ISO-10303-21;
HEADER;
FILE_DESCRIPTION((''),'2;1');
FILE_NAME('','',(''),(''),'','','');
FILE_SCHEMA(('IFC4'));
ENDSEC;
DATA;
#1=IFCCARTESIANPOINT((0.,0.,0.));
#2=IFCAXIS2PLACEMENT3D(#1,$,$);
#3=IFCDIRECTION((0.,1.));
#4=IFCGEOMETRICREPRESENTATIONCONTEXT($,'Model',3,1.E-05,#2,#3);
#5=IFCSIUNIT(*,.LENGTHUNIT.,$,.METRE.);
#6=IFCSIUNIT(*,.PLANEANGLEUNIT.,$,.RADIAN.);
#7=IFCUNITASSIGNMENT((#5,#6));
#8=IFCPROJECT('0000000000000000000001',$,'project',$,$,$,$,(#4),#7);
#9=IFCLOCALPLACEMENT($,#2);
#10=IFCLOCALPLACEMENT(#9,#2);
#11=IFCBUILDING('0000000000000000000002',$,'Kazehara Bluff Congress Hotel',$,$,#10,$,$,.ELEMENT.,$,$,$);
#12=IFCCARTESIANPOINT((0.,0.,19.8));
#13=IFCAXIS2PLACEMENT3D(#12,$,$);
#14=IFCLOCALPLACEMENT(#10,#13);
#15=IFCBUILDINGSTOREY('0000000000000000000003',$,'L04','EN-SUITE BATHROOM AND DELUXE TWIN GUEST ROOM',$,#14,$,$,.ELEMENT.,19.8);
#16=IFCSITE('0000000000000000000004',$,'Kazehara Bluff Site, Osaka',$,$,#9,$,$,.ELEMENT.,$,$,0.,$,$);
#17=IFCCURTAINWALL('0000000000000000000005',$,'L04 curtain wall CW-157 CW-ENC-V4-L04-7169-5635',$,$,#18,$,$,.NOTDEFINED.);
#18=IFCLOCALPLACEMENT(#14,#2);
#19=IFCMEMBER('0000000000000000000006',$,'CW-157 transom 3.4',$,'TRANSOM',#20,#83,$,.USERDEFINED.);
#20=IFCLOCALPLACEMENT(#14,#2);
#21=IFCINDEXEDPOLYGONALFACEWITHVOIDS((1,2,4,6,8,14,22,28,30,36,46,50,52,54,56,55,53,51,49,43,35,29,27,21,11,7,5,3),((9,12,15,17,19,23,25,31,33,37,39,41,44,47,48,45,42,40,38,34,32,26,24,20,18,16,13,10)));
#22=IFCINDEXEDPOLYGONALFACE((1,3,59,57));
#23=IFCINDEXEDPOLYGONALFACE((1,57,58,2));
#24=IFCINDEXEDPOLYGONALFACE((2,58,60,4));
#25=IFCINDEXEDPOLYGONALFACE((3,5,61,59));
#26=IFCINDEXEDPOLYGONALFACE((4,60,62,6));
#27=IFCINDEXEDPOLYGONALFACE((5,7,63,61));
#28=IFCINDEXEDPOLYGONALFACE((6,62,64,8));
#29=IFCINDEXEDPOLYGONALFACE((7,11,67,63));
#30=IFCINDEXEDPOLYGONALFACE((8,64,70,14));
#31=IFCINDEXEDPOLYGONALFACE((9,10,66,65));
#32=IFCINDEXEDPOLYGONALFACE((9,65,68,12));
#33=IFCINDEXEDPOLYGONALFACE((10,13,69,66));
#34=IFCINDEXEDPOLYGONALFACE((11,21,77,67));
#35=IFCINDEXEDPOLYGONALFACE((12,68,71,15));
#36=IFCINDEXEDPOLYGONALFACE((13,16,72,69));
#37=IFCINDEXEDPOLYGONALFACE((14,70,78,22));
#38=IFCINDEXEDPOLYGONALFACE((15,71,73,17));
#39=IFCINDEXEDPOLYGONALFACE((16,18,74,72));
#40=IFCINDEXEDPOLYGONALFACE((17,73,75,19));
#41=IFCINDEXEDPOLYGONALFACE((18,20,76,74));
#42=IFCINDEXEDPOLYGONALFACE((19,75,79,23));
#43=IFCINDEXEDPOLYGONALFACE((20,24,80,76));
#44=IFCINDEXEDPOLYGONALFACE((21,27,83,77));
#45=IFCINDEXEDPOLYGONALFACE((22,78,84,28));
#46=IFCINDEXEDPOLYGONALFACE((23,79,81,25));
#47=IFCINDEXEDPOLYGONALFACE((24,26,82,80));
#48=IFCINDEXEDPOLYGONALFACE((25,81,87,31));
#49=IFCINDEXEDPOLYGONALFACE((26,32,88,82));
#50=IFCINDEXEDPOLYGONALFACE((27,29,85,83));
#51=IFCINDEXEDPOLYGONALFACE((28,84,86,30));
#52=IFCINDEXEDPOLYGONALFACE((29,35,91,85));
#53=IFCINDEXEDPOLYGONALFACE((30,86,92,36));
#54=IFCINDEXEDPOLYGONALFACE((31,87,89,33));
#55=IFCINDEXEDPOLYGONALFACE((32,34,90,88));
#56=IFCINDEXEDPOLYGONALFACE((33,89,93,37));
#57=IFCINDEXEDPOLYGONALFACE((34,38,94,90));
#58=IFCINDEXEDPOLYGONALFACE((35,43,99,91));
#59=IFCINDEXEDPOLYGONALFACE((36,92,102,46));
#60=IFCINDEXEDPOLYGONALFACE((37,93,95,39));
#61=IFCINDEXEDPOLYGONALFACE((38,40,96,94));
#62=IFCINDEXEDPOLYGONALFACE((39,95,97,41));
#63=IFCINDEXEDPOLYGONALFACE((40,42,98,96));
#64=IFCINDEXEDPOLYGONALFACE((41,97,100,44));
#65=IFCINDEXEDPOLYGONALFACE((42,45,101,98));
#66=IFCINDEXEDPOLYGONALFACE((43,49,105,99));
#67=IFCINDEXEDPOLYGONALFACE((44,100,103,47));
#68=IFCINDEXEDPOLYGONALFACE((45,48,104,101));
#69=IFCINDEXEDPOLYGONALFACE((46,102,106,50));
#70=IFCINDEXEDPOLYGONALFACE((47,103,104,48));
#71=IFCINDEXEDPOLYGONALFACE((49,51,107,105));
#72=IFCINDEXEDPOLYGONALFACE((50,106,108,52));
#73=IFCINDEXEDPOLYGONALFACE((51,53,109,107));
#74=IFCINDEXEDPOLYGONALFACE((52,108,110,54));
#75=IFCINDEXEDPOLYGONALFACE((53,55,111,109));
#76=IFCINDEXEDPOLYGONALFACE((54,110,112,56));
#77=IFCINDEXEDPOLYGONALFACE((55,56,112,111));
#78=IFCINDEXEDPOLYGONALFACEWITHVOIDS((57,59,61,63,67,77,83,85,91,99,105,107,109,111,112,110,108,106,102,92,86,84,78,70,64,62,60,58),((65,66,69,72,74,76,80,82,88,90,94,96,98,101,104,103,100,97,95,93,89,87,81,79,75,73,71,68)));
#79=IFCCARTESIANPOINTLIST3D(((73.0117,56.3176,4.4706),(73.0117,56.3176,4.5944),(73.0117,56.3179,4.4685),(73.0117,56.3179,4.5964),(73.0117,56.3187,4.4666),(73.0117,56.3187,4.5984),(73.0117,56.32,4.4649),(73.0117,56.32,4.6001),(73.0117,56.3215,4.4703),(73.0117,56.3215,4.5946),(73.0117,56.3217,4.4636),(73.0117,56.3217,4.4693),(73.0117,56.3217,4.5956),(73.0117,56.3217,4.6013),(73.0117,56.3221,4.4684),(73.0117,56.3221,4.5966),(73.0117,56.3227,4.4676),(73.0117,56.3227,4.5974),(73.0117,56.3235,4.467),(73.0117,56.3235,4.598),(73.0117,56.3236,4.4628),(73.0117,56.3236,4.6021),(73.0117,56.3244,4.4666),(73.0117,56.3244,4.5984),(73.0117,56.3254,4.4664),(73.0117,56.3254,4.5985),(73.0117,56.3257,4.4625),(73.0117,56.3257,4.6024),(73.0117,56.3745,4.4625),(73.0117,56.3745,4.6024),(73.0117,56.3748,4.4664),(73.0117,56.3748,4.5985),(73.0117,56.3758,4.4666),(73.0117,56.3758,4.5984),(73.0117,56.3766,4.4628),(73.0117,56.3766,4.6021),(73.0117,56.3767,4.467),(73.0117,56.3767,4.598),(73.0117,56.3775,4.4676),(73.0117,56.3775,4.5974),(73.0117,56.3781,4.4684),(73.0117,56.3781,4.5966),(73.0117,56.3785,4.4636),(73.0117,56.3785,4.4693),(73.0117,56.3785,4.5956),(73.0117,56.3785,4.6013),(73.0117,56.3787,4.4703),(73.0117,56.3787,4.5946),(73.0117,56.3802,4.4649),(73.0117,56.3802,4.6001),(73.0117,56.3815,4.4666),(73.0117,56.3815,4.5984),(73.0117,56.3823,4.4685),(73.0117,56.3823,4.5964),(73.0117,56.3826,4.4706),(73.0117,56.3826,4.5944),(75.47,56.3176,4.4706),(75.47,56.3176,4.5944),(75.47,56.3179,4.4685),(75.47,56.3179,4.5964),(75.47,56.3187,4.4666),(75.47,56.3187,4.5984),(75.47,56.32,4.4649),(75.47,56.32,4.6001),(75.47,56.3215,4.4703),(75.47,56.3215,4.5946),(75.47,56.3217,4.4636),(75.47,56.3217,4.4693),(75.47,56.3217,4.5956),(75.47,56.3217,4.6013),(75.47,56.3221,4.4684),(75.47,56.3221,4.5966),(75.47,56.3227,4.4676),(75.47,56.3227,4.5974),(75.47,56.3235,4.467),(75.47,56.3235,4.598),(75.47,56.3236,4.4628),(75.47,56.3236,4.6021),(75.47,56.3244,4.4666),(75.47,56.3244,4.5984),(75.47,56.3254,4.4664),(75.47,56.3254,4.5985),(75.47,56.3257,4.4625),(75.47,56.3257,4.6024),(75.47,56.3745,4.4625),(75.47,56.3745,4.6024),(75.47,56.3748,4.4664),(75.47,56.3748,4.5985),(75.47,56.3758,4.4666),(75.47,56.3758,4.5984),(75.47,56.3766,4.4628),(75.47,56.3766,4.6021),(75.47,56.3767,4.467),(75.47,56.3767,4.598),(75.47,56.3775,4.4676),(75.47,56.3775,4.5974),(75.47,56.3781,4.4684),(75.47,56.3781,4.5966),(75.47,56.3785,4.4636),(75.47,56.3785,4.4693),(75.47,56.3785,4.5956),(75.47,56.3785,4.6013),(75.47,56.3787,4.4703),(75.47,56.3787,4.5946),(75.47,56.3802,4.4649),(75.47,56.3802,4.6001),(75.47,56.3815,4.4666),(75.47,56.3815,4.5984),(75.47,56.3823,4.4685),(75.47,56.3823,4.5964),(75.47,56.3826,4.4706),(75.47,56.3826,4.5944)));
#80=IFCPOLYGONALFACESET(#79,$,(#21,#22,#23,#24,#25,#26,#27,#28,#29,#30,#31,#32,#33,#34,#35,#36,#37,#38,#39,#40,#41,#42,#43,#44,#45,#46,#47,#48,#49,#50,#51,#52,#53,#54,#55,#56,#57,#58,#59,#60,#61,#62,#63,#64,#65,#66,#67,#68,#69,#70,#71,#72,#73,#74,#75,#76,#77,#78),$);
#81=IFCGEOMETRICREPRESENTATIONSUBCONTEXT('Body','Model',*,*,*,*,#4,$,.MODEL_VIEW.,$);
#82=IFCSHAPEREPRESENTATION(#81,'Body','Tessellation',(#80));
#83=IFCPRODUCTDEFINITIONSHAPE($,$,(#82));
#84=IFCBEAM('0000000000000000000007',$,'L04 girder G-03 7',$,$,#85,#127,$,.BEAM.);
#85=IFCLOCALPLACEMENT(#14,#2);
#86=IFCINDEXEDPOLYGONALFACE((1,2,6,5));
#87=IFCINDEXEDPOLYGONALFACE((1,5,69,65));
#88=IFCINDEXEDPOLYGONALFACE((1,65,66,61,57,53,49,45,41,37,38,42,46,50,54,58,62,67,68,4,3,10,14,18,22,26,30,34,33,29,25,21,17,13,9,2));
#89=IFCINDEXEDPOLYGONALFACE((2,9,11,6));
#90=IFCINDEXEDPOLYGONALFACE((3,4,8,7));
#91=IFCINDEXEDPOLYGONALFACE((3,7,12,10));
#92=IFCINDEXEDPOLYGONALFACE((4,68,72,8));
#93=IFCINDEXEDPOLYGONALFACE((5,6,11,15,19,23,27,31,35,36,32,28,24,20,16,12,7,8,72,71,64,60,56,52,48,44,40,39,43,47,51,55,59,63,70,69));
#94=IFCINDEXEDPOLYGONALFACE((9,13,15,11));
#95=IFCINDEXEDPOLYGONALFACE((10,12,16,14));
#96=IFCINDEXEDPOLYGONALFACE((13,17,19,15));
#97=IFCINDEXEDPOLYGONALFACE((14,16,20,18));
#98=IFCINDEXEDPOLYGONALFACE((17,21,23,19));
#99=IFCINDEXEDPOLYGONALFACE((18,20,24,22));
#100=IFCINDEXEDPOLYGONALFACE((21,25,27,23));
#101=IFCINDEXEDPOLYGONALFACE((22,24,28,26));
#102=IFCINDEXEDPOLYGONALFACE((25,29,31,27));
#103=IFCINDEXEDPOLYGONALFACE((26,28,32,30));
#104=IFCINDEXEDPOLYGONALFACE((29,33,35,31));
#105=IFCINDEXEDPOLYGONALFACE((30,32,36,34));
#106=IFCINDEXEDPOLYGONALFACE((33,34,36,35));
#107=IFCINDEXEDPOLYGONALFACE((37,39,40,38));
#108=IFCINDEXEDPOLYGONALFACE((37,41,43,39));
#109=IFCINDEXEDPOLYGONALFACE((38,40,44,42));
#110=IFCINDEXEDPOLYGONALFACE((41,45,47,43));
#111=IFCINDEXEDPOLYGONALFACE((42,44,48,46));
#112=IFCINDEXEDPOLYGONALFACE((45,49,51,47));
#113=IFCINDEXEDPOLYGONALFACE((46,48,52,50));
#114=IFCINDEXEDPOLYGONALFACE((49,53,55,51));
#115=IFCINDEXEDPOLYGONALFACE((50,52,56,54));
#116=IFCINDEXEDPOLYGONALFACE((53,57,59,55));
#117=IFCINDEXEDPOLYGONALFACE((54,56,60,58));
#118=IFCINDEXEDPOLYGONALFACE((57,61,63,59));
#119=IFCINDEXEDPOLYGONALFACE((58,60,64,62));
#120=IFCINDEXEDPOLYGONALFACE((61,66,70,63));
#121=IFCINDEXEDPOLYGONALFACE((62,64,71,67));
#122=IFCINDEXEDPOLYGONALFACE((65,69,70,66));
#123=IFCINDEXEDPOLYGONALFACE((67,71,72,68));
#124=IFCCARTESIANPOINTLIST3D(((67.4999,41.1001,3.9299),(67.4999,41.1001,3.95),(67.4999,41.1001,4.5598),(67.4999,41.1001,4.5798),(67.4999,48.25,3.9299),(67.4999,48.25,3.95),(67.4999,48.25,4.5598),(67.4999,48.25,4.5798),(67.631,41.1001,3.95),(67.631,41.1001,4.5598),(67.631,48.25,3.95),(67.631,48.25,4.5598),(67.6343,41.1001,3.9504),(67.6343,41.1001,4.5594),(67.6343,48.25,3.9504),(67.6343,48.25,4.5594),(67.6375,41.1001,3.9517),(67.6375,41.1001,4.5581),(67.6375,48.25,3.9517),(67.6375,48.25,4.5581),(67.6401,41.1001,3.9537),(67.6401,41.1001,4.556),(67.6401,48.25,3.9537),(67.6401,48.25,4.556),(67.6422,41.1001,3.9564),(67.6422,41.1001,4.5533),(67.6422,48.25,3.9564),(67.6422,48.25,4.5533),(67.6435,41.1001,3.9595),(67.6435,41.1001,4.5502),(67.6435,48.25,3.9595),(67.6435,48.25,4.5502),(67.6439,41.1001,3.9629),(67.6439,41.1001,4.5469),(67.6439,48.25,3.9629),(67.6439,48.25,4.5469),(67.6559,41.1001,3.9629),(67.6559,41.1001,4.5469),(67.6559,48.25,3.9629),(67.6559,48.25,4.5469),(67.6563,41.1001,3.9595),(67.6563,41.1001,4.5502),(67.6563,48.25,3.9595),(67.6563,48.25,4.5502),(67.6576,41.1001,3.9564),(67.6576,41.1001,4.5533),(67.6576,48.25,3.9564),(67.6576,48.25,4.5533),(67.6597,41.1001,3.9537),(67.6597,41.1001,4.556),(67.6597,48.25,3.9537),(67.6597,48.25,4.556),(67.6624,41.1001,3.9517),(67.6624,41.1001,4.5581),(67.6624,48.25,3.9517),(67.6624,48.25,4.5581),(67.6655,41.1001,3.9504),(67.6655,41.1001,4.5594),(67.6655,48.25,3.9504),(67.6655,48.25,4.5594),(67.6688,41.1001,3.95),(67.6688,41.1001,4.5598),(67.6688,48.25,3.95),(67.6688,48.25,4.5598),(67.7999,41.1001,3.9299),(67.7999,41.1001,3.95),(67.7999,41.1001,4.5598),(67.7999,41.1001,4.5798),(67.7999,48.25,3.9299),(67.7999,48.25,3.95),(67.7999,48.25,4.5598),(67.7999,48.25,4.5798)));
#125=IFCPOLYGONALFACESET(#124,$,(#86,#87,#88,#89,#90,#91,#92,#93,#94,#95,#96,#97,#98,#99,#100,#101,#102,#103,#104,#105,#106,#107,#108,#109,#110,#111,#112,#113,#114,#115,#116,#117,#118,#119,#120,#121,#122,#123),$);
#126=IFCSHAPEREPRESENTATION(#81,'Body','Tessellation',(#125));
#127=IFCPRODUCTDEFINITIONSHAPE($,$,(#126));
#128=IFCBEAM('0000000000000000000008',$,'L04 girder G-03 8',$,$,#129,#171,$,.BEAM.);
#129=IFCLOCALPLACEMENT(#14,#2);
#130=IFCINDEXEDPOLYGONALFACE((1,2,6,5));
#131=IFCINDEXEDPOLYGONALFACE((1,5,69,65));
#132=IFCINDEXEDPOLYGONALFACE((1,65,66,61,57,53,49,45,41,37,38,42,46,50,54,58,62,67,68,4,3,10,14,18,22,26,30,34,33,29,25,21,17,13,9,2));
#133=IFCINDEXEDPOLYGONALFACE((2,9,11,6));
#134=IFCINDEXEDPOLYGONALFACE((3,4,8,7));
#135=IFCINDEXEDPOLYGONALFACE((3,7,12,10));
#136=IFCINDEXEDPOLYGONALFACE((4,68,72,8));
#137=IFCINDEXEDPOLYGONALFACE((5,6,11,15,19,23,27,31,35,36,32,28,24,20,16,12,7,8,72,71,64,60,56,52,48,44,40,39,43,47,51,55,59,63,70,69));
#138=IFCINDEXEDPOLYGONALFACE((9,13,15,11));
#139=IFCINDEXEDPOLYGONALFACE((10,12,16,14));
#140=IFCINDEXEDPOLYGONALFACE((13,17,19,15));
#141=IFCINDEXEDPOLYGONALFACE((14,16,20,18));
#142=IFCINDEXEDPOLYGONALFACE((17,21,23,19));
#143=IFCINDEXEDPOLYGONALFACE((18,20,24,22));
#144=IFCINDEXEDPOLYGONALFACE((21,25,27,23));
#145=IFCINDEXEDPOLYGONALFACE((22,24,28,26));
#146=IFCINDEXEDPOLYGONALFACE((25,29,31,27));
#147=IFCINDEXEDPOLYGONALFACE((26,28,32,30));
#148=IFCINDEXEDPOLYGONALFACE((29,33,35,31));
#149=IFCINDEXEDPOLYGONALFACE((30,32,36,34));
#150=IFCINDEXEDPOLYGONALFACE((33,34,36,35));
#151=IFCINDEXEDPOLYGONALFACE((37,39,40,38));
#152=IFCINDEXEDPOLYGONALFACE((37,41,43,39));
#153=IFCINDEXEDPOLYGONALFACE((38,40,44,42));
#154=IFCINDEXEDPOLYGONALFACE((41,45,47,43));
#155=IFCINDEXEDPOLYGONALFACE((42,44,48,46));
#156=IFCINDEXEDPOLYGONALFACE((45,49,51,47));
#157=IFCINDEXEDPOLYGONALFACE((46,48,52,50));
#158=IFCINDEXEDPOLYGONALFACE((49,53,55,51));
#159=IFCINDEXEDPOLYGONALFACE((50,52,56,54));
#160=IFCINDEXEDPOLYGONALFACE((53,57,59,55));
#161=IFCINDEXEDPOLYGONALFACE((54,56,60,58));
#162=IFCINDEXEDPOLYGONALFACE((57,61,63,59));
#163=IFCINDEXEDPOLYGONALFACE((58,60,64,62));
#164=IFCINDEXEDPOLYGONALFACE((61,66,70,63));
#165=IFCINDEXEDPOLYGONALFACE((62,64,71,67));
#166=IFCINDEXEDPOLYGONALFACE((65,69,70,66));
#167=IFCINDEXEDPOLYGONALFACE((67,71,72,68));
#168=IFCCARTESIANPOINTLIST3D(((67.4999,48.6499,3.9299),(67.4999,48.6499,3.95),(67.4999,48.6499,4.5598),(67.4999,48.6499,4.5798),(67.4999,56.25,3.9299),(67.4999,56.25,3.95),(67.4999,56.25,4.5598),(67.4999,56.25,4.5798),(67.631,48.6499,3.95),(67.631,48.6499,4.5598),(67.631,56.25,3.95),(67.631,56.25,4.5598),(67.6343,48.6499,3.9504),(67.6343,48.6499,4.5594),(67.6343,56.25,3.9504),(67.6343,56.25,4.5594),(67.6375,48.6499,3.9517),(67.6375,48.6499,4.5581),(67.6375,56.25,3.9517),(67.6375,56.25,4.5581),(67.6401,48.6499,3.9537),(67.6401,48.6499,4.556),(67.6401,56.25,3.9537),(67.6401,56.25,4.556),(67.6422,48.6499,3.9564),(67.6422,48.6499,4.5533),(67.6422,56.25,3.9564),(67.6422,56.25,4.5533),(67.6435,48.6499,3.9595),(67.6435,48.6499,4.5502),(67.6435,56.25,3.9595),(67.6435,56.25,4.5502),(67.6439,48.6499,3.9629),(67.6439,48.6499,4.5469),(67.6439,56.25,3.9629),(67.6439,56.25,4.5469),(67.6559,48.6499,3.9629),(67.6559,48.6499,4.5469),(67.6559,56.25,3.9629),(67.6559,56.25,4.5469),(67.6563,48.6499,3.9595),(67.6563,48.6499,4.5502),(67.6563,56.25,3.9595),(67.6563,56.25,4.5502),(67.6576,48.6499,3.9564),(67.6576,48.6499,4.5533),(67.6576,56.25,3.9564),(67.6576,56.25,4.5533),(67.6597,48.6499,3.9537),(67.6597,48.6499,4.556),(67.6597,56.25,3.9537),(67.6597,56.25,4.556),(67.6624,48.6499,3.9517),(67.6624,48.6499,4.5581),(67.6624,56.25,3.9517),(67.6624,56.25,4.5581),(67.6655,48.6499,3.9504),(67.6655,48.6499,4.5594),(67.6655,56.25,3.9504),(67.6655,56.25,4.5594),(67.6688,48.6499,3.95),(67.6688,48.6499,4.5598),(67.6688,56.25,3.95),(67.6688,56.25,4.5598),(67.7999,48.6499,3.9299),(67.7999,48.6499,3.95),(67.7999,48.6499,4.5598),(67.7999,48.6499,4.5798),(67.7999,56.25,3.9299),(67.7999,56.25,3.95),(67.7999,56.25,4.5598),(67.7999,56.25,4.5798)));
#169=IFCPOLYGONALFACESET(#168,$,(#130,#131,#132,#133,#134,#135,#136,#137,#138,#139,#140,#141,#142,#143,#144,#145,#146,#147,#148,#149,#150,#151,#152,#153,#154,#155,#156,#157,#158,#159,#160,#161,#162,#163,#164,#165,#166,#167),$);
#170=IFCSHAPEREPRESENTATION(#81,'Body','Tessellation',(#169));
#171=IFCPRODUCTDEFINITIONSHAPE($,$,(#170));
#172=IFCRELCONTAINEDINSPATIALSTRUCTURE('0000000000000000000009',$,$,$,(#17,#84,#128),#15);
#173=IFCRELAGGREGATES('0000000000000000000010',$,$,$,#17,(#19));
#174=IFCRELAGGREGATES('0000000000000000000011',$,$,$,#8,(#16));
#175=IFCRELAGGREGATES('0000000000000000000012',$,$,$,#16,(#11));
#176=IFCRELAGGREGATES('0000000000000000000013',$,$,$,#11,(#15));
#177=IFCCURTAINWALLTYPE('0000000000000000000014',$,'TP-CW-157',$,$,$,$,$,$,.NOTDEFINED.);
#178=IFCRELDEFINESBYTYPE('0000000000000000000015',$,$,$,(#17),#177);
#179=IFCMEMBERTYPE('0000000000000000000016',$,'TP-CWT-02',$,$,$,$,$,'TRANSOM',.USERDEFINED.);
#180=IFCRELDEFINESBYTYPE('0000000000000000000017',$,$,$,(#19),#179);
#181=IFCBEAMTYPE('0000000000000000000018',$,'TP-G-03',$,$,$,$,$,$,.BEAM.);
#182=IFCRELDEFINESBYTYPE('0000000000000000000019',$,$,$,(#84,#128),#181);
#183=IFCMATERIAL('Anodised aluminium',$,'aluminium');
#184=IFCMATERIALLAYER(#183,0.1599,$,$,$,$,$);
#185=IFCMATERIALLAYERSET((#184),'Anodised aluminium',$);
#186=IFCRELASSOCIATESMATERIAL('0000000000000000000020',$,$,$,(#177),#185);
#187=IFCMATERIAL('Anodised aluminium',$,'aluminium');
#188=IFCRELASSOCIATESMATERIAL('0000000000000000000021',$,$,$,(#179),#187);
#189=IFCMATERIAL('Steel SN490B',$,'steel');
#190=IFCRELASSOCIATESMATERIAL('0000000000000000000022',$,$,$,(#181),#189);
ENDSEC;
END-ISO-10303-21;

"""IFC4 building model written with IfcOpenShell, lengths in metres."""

from ifc_helpers import new_model, si_unit, direction, frame, origin, origin_2d, place, context, subcontext, project, spatial, hollow_rectangle, i_section, extrude, material, layer, layer_set, material_profile, profile_set, type_object, element, aggregate, save


model = new_model("IFC4")

# Units and contexts
model_context = context("Model", 3, precision=1e-05, world=origin(), true_north=direction((0.0, 1.0)))
body_context = subcontext(model_context, "Body", "Model", "MODEL_VIEW")
ifc_project = project(units=[si_unit("LENGTHUNIT", "METRE"), si_unit("PLANEANGLEUNIT", "RADIAN")], contexts=[model_context])

# Site, building, storey
site_placement = place(None, origin())
site = spatial("IfcSite", under=ifc_project, at=site_placement, Name="Kazehara Bluff Site, Osaka", CompositionType="ELEMENT", RefElevation=0.0)
building_placement = place(site_placement, origin())
building = spatial("IfcBuilding", under=site, at=building_placement, Name="Kazehara Bluff Congress Hotel", CompositionType="ELEMENT")
storey_placement = place(building_placement, frame((0.0, 0.0, 19.8)))
storey = spatial("IfcBuildingStorey", under=building, at=storey_placement, Name="L04", Description="EN-SUITE BATHROOM AND DELUXE TWIN GUEST ROOM", CompositionType="ELEMENT", Elevation=19.8)

# Curtain wall, member
ifc_material_1 = material(Name="Anodised aluminium", Category="aluminium")
ifc_layer_1 = layer(ifc_material_1, 0.1599)
ifc_layer_set_1 = layer_set([ifc_layer_1], Name="Anodised aluminium")
curtain_wall_type_1 = type_object("IfcCurtainWallType", Name="TP-CW-157", PredefinedType="NOTDEFINED", material=ifc_layer_set_1)
curtain_wall_1_placement = place(storey_placement, origin())
curtain_wall_1 = element("IfcCurtainWall", 1, at=curtain_wall_1_placement, inside=storey, type_object=curtain_wall_type_1, Name="L04 curtain wall CW-157 CW-ENC-V4-L04-7169-5635", PredefinedType="NOTDEFINED")
ifc_material_2 = material(Name="Anodised aluminium", Category="aluminium")
ifc_material_profile_1 = material_profile(ifc_material_2, hollow_rectangle(XDim=0.0649, YDim=0.1399, WallThickness=0.0039, InnerFilletRadius=0.0039, OuterFilletRadius=0.0081, at=origin_2d()))
ifc_profile_set_1 = profile_set([ifc_material_profile_1], Name="Anodised aluminium")
member_type_1 = type_object("IfcMemberType", Name="TP-CWT-02", ElementType="TRANSOM", PredefinedType="USERDEFINED", material=ifc_profile_set_1)
member_1_placement = place(storey_placement, frame((73.0117, 56.3501, 4.5325), z_axis=(1.0, 0.0, 0.0), x_axis=(0.0, 1.0, 0.0)))
member_1 = element("IfcMember", 2, at=member_1_placement, type_object=member_type_1, Name="CW-157 transom 3.4", ObjectType="TRANSOM", PredefinedType="USERDEFINED", context=body_context, shape_type="SweptSolid", body=[
    extrude(hollow_rectangle(XDim=0.0649, YDim=0.1399, WallThickness=0.0039, InnerFilletRadius=0.0039, OuterFilletRadius=0.0081, at=origin_2d()), origin(), (0.0, 0.0, 1.0), 2.4583),
])

# Beams
ifc_material_3 = material(Name="Steel SN490B", Category="steel")
ifc_material_profile_2 = material_profile(ifc_material_3, i_section(OverallWidth=0.3, OverallDepth=0.6499, WebThickness=0.012, FlangeThickness=0.02, FilletRadius=0.0129, at=origin_2d()))
ifc_profile_set_2 = profile_set([ifc_material_profile_2], Name="Steel SN490B")
beam_type_1 = type_object("IfcBeamType", Name="TP-G-03", PredefinedType="BEAM", material=ifc_profile_set_2)
beam_1_placement = place(storey_placement, frame((67.6499, 41.1001, 4.2549), z_axis=(0.0, 1.0, 0.0), x_axis=(-1.0, 0.0, 0.0)))
element("IfcBeam", 3, at=beam_1_placement, inside=storey, type_object=beam_type_1, Name="L04 girder G-03 7", PredefinedType="BEAM", context=body_context, shape_type="SweptSolid", body=[
    extrude(i_section(OverallWidth=0.3, OverallDepth=0.6499, WebThickness=0.012, FlangeThickness=0.02, FilletRadius=0.0129, at=origin_2d()), origin(), (0.0, 0.0, 1.0), 7.1499),
])
beam_2_placement = place(storey_placement, frame((67.6499, 48.6499, 4.2549), z_axis=(0.0, 1.0, 0.0), x_axis=(-1.0, 0.0, 0.0)))
element("IfcBeam", 4, at=beam_2_placement, inside=storey, type_object=beam_type_1, Name="L04 girder G-03 8", PredefinedType="BEAM", context=body_context, shape_type="SweptSolid", body=[
    extrude(i_section(OverallWidth=0.3, OverallDepth=0.6499, WebThickness=0.012, FlangeThickness=0.02, FilletRadius=0.0129, at=origin_2d()), origin(), (0.0, 0.0, 1.0), 7.6001),
])

aggregate(curtain_wall_1, [member_1])

save(model, "model.ifc")
